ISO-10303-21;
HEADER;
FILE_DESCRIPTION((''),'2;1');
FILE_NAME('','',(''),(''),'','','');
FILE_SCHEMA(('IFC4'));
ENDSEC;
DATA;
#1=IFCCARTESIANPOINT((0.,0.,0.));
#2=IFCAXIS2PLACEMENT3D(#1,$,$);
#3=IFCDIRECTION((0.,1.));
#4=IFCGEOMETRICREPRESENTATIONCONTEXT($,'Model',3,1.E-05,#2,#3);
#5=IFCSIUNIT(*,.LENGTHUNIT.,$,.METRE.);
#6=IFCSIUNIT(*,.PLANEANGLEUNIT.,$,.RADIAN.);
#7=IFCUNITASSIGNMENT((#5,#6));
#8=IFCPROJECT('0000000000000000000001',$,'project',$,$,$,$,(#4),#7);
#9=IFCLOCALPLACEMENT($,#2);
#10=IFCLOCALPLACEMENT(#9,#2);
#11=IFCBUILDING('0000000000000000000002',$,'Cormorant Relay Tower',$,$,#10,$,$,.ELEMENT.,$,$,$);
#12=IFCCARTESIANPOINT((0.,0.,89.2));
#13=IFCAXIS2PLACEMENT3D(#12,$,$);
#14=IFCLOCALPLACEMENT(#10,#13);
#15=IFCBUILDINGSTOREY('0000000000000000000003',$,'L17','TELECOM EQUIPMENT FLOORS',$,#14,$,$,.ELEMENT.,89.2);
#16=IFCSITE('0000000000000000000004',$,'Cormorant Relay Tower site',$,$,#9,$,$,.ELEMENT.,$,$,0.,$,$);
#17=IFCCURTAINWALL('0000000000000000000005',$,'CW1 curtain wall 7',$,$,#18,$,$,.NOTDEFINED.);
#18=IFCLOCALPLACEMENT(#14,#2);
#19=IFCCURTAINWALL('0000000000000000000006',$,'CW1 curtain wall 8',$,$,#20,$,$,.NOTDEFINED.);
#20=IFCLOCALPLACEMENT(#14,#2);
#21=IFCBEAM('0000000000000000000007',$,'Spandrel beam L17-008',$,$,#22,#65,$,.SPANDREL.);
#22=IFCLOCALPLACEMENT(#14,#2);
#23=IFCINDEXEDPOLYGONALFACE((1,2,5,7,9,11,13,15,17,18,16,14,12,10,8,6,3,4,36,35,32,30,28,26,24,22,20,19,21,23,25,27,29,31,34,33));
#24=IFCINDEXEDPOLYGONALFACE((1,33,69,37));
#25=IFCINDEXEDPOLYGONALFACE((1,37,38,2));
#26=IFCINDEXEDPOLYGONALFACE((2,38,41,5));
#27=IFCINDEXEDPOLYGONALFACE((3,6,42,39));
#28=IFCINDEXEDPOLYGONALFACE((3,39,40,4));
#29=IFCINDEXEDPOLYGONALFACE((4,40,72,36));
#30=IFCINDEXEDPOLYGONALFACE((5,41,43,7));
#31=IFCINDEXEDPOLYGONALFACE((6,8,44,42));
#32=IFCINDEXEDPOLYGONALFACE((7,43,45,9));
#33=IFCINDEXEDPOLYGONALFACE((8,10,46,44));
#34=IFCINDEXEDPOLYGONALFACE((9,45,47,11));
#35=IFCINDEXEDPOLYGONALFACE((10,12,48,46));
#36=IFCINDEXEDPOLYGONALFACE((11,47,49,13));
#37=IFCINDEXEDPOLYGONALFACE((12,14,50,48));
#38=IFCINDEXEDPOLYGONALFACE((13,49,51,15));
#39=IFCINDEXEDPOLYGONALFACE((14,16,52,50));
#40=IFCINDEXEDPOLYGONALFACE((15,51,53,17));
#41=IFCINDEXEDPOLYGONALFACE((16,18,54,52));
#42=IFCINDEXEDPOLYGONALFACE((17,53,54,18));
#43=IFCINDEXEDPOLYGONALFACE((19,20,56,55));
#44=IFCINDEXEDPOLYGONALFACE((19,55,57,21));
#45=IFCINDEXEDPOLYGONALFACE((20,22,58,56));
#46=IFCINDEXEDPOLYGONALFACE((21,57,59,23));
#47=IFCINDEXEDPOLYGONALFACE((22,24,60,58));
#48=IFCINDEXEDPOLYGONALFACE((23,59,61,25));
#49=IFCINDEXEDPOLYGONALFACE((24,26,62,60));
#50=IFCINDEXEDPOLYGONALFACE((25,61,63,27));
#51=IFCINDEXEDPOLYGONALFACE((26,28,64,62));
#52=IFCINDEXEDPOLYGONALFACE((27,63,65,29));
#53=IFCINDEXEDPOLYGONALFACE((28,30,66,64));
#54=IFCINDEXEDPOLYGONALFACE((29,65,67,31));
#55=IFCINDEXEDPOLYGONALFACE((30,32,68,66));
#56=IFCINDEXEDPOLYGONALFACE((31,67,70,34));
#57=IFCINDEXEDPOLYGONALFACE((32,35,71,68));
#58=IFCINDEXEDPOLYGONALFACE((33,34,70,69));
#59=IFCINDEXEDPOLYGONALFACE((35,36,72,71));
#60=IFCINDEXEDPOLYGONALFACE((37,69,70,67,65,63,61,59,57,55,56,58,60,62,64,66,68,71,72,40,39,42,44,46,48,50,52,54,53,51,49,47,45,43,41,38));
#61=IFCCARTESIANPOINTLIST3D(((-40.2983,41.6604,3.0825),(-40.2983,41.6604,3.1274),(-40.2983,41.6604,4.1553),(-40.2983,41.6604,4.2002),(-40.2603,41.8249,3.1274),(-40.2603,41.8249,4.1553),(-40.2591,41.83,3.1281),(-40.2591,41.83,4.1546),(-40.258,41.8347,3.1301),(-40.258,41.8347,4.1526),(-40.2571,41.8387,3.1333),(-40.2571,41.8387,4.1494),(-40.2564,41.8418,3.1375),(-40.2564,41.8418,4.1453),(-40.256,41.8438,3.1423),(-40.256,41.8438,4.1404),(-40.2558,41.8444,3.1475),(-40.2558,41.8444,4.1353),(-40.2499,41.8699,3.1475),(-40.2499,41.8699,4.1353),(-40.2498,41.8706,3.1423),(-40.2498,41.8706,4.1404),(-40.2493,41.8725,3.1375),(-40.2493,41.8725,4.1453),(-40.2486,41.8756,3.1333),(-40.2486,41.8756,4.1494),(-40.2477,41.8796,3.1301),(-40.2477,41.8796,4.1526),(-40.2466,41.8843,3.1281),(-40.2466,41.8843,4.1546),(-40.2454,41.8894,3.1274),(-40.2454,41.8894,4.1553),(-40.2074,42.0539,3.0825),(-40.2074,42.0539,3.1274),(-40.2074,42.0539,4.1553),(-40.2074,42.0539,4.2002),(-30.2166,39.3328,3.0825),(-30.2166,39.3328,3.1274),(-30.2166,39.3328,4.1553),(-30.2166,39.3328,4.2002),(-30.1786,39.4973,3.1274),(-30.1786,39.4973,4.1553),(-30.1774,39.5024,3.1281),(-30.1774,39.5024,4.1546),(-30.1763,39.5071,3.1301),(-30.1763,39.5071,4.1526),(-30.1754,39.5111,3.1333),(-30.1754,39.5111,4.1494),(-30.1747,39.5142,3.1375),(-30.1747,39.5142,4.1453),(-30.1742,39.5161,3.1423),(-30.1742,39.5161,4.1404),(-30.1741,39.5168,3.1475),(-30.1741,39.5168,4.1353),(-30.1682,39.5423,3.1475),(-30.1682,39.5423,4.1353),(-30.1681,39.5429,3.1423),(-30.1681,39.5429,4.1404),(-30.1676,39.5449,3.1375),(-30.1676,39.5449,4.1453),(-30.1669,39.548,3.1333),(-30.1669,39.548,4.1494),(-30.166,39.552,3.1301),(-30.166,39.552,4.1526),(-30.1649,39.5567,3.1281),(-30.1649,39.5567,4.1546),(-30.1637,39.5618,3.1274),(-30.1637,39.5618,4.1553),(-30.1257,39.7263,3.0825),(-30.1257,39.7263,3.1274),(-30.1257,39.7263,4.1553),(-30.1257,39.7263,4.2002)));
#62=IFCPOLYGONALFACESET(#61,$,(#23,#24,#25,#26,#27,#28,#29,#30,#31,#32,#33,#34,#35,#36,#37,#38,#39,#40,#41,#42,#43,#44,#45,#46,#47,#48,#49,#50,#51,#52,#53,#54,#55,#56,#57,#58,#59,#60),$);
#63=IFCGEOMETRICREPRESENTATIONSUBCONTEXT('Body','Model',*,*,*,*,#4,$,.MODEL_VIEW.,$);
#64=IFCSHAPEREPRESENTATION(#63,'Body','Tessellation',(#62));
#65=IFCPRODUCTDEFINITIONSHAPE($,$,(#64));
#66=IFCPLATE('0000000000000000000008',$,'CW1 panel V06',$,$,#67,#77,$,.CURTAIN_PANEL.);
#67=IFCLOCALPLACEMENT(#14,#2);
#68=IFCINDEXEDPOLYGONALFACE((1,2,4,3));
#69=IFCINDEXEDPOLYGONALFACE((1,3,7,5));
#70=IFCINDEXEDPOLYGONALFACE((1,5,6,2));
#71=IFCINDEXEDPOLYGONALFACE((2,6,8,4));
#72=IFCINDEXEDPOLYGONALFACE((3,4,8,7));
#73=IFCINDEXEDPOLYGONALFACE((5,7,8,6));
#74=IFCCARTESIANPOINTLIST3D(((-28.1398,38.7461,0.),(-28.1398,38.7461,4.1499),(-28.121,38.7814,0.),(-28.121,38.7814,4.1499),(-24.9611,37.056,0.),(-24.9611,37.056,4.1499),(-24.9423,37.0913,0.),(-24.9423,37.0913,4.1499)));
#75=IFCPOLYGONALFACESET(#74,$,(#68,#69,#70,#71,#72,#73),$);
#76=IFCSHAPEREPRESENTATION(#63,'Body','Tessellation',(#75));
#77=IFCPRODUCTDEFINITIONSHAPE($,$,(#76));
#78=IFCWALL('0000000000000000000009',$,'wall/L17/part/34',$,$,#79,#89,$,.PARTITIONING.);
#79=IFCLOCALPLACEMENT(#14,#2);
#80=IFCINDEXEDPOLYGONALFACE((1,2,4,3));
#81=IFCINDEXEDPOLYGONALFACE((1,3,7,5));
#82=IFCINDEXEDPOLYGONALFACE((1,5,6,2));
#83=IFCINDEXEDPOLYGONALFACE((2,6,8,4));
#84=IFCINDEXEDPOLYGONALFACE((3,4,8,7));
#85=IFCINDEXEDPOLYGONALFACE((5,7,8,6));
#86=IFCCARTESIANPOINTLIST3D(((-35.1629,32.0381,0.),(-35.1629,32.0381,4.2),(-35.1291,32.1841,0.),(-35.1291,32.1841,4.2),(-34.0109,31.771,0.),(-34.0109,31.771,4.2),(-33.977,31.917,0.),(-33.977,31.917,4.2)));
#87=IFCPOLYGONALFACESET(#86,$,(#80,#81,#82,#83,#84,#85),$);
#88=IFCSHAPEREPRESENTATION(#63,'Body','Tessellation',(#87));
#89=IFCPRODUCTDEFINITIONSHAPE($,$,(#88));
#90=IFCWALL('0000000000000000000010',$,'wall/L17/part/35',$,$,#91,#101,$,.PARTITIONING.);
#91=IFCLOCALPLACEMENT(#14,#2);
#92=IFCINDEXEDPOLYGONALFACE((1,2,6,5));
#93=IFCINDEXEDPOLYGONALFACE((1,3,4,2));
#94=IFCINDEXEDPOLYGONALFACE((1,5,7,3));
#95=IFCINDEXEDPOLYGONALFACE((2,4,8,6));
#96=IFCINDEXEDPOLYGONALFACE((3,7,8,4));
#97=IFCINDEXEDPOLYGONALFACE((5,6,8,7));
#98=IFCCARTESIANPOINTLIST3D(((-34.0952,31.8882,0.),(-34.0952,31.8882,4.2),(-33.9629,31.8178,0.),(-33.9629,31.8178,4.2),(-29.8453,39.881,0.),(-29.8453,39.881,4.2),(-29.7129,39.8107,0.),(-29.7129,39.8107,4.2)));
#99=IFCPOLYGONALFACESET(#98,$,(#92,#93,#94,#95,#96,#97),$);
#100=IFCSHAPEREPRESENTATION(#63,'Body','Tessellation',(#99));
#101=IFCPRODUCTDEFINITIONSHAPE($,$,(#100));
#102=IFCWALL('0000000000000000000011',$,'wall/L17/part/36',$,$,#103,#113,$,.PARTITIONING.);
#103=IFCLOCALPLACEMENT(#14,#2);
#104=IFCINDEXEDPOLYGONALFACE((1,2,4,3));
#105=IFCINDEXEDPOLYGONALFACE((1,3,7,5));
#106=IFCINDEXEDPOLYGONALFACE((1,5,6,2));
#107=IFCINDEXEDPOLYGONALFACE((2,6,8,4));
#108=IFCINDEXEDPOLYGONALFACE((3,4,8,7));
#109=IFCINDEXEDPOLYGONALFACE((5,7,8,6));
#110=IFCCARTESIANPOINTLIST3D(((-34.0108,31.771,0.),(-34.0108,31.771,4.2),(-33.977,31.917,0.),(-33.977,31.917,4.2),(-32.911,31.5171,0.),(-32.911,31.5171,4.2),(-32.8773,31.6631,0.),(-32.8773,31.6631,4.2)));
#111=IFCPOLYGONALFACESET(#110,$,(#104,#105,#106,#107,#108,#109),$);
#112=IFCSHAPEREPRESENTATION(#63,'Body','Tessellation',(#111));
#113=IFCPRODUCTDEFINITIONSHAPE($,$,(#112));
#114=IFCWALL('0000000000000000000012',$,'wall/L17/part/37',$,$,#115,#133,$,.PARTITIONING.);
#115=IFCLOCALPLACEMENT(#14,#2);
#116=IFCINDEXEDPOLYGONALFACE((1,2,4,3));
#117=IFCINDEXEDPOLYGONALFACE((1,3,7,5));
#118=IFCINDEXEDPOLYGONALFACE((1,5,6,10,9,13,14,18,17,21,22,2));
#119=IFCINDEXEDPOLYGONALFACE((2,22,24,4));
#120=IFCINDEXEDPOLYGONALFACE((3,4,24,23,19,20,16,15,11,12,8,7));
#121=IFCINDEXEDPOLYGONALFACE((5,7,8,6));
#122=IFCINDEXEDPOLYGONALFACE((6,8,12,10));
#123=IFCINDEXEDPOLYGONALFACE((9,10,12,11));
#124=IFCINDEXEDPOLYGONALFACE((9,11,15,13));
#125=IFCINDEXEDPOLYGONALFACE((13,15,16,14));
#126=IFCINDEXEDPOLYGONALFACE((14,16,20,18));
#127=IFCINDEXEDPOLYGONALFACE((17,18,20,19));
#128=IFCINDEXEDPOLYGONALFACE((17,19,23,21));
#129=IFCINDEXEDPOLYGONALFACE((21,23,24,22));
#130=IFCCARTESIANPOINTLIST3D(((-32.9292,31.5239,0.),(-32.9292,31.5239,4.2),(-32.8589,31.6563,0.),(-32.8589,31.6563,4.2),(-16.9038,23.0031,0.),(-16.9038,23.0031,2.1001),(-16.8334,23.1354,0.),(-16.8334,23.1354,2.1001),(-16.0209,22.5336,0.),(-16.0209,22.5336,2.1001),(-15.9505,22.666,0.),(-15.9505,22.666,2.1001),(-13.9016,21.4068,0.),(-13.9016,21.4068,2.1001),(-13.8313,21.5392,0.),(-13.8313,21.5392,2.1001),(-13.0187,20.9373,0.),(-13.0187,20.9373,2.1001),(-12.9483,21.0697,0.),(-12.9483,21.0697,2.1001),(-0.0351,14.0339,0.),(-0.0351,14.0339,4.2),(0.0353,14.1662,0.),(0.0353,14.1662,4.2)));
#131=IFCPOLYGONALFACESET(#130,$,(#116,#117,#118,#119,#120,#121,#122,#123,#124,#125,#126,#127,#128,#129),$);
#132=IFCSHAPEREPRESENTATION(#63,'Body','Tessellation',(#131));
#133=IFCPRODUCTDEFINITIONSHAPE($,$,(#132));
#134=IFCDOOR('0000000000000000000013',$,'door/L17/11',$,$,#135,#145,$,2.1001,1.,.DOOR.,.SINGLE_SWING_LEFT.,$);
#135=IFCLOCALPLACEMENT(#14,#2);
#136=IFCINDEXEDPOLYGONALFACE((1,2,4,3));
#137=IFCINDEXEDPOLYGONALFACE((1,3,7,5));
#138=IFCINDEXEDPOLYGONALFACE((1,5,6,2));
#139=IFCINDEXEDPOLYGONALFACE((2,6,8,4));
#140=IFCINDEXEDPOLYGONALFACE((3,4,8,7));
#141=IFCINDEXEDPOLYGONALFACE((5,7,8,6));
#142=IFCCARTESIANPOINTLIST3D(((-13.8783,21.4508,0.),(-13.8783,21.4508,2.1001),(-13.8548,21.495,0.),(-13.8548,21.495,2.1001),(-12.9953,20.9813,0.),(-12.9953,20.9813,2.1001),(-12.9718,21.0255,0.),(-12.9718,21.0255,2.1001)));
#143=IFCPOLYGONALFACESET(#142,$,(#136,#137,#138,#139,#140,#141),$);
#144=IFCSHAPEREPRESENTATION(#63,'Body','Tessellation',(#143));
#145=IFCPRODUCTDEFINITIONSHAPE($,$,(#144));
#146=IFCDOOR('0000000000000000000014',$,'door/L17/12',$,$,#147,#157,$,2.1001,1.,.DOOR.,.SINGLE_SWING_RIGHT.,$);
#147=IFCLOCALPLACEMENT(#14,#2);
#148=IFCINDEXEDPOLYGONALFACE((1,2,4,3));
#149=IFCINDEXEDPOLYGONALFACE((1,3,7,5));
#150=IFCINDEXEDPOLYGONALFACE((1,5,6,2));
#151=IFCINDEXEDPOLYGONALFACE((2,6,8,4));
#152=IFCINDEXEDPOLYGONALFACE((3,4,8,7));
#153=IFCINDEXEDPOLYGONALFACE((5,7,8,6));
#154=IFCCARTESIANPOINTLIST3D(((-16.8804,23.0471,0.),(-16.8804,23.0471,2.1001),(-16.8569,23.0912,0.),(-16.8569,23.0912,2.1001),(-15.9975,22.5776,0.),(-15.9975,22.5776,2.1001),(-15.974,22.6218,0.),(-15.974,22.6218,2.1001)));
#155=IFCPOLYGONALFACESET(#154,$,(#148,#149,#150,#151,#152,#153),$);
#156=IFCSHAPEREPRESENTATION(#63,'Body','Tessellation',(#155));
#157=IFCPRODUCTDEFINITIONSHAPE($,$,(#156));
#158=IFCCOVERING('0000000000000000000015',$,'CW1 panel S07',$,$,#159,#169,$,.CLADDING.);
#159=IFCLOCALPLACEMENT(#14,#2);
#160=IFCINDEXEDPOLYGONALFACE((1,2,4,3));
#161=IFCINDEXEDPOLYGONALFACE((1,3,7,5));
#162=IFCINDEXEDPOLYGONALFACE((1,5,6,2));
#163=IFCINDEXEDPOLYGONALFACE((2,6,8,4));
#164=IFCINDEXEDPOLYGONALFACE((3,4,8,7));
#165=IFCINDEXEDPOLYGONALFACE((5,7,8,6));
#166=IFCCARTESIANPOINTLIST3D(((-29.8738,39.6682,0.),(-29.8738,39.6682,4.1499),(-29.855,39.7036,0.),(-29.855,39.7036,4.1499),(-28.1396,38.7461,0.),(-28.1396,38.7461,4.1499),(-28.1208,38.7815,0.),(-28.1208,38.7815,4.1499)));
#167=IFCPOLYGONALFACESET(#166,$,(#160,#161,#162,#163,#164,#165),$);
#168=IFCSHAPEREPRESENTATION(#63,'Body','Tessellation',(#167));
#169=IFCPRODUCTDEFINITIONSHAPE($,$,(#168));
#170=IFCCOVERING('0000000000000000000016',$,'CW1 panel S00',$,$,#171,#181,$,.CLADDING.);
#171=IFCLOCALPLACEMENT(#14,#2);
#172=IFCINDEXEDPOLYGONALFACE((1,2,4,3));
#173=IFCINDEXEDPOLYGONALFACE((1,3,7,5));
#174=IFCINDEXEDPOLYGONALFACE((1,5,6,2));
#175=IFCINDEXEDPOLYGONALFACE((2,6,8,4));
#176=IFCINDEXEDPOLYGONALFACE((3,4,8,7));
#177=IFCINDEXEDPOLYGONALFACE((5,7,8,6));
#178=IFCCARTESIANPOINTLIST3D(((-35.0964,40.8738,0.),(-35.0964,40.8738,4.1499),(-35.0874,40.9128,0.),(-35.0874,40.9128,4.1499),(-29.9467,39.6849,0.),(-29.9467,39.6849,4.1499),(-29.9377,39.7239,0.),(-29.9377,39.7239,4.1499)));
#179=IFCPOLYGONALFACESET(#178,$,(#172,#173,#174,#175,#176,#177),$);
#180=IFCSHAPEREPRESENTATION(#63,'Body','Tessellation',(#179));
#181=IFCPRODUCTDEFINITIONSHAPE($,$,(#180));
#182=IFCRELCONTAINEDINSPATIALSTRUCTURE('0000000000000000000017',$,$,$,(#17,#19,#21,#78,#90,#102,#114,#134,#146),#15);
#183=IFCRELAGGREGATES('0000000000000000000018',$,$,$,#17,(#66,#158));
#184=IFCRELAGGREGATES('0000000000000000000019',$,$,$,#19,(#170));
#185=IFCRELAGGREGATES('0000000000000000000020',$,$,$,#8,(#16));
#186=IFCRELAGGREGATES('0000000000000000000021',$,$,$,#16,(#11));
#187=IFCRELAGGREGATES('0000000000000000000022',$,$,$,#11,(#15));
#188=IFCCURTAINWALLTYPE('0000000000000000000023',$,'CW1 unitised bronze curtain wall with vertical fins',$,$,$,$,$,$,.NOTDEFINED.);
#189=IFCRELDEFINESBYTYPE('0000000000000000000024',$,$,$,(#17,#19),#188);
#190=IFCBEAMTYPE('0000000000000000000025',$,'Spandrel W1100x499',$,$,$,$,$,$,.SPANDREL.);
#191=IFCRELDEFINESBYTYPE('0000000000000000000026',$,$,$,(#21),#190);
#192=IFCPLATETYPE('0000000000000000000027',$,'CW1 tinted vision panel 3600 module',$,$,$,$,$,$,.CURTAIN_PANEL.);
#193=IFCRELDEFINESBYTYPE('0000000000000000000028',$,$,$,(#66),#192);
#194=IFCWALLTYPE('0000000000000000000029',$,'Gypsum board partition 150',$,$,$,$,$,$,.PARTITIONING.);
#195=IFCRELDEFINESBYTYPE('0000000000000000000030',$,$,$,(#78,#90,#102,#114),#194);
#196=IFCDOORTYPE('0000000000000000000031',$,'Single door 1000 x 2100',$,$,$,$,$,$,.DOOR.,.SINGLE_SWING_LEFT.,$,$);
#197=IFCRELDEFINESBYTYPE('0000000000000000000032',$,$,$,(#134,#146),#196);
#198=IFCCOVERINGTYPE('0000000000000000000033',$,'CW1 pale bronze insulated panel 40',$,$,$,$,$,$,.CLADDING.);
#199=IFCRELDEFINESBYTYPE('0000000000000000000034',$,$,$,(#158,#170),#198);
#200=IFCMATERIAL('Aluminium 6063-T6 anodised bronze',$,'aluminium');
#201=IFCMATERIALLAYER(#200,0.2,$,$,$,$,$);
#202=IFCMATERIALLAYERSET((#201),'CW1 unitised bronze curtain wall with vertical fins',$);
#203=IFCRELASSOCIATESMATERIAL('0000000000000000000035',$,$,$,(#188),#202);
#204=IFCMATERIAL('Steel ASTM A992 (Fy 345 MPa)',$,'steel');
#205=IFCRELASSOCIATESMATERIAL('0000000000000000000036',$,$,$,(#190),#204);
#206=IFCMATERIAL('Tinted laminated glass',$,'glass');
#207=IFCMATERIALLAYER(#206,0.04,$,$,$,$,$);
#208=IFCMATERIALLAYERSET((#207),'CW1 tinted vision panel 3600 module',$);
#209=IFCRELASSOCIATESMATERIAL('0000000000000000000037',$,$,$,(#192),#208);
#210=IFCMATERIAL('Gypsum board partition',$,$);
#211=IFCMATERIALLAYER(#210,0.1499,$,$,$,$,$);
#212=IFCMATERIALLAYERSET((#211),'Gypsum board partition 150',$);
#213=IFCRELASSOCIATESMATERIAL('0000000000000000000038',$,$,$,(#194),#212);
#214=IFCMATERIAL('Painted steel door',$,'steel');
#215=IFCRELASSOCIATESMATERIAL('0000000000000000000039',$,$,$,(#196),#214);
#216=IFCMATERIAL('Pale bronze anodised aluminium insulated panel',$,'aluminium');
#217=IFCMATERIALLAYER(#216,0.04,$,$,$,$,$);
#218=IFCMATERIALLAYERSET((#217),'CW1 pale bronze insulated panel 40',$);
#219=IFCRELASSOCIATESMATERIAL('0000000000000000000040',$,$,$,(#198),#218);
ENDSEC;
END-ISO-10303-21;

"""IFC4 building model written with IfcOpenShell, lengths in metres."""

from ifc_helpers import new_model, si_unit, direction, frame, frame_2d, origin, origin_2d, place, context, subcontext, project, spatial, rectangle, i_section, extrude, material, layer, layer_set, material_profile, profile_set, type_object, element, fill, aggregate, save


model = new_model("IFC4")

# Units and contexts
model_context = context("Model", 3, precision=1e-05, world=origin(), true_north=direction((0.0, 1.0)))
body_context = subcontext(model_context, "Body", "Model", "MODEL_VIEW")
ifc_project = project(units=[si_unit("LENGTHUNIT", "METRE"), si_unit("PLANEANGLEUNIT", "RADIAN")], contexts=[model_context])

# Site, building, storey
site_placement = place(None, origin())
site = spatial("IfcSite", under=ifc_project, at=site_placement, Name="Cormorant Relay Tower site", CompositionType="ELEMENT", RefElevation=0.0)
building_placement = place(site_placement, origin())
building = spatial("IfcBuilding", under=site, at=building_placement, Name="Cormorant Relay Tower", CompositionType="ELEMENT")
storey_placement = place(building_placement, frame((0.0, 0.0, 89.2)))
storey = spatial("IfcBuildingStorey", under=building, at=storey_placement, Name="L17", Description="TELECOM EQUIPMENT FLOORS", CompositionType="ELEMENT", Elevation=89.2)

# Curtain wall
ifc_material_1 = material(Name="Aluminium 6063-T6 anodised bronze", Category="aluminium")
ifc_layer_1 = layer(ifc_material_1, 0.2)
ifc_layer_set_1 = layer_set([ifc_layer_1], Name="CW1 unitised bronze curtain wall with vertical fins")
curtain_wall_type = type_object("IfcCurtainWallType", Name="CW1 unitised bronze curtain wall with vertical fins", PredefinedType="NOTDEFINED", material=ifc_layer_set_1)
curtain_wall_1_placement = place(storey_placement, origin())
curtain_wall_1 = element("IfcCurtainWall", 1, at=curtain_wall_1_placement, inside=storey, type_object=curtain_wall_type, Name="CW1 curtain wall 7", PredefinedType="NOTDEFINED")

# Curtain wall
curtain_wall_2_placement = place(storey_placement, origin())
curtain_wall_2 = element("IfcCurtainWall", 2, at=curtain_wall_2_placement, inside=storey, type_object=curtain_wall_type, Name="CW1 curtain wall 8", PredefinedType="NOTDEFINED")

# Beam
ifc_material_2 = material(Name="Steel ASTM A992 (Fy 345 MPa)", Category="steel")
ifc_material_profile_1 = material_profile(ifc_material_2, i_section(OverallWidth=0.4038, OverallDepth=1.1177, WebThickness=0.0261, FlangeThickness=0.0449, FilletRadius=0.02, at=origin_2d()), Name="W1100x499")
ifc_profile_set_1 = profile_set([ifc_material_profile_1], Name="Steel ASTM A992 (Fy 345 MPa)")
beam_type = type_object("IfcBeamType", Name="Spandrel W1100x499", PredefinedType="SPANDREL", material=ifc_profile_set_1)
beam_placement = place(storey_placement, frame((-30.1711, 39.5295, 3.6414), z_axis=(-0.974369, 0.224958, 0.0), x_axis=(-0.224958, -0.974369, 0.0)))
element("IfcBeam", 3, at=beam_placement, inside=storey, type_object=beam_type, Name="Spandrel beam L17-008", PredefinedType="SPANDREL", context=body_context, shape_type="SweptSolid", body=[
    extrude(i_section(OverallWidth=0.4038, OverallDepth=1.1177, WebThickness=0.0261, FlangeThickness=0.0449, FilletRadius=0.02, at=origin_2d()), origin(), (0.0, 0.0, 1.0), 10.3469),
])

# Plate
ifc_material_3 = material(Name="Tinted laminated glass", Category="glass")
ifc_layer_2 = layer(ifc_material_3, 0.04)
ifc_layer_set_2 = layer_set([ifc_layer_2], Name="CW1 tinted vision panel 3600 module")
plate_type = type_object("IfcPlateType", Name="CW1 tinted vision panel 3600 module", PredefinedType="CURTAIN_PANEL", material=ifc_layer_set_2)
plate_placement = place(storey_placement, frame((-26.541, 37.9187, 0.0), z_axis=(0.0, 0.0, 1.0), x_axis=(-0.882948, 0.469472, 0.0)))
plate = element("IfcPlate", 4, at=plate_placement, type_object=plate_type, Name="CW1 panel V06", PredefinedType="CURTAIN_PANEL", context=body_context, shape_type="SweptSolid", body=[
    extrude(rectangle(XDim=3.6001, YDim=0.04, at=origin_2d()), origin(), (0.0, 0.0, 1.0), 4.1499),
])

# Walls
ifc_material_4 = material(Name="Gypsum board partition")
ifc_layer_3 = layer(ifc_material_4, 0.1499)
ifc_layer_set_3 = layer_set([ifc_layer_3], Name="Gypsum board partition 150")
wall_type = type_object("IfcWallType", Name="Gypsum board partition 150", PredefinedType="PARTITIONING", material=ifc_layer_set_3)
wall_1_placement = place(storey_placement, frame((-35.146, 32.1111, 0.0), z_axis=(0.0, 0.0, 1.0), x_axis=(0.974165, -0.225839, 0.0)))
element("IfcWall", 5, at=wall_1_placement, inside=storey, type_object=wall_type, Name="wall/L17/part/34", PredefinedType="PARTITIONING", context=body_context, shape_type="SweptSolid", body=[
    extrude(rectangle(XDim=1.1826, YDim=0.1499, at=frame_2d((0.5913, 0.0))), origin(), (0.0, 0.0, 1.0), 4.2),
])
wall_2_placement = place(storey_placement, frame((-29.7791, 39.8459, 0.0), z_axis=(0.0, 0.0, 1.0), x_axis=(-0.469479, -0.882944, 0.0)))
element("IfcWall", 6, at=wall_2_placement, inside=storey, type_object=wall_type, Name="wall/L17/part/35", PredefinedType="PARTITIONING", context=body_context, shape_type="SweptSolid", body=[
    extrude(rectangle(XDim=9.0525, YDim=0.1499, at=frame_2d((4.5264, 0.0))), origin(), (0.0, 0.0, 1.0), 4.2),
])
wall_3_placement = place(storey_placement, frame((-32.894, 31.5901, 0.0), z_axis=(0.0, 0.0, 1.0), x_axis=(-0.974373, 0.224938, 0.0)))
element("IfcWall", 7, at=wall_3_placement, inside=storey, type_object=wall_type, Name="wall/L17/part/36", PredefinedType="PARTITIONING", context=body_context, shape_type="SweptSolid", body=[
    extrude(rectangle(XDim=1.1287, YDim=0.1499, at=frame_2d((0.5645, 0.0))), origin(), (0.0, 0.0, 1.0), 4.2),
])

# Wall, openings, doors
wall_4_placement = place(storey_placement, frame((-32.894, 31.5901, 0.0), z_axis=(0.0, 0.0, 1.0), x_axis=(0.882949, -0.46947, 0.0)))
wall_4 = element("IfcWall", 8, at=wall_4_placement, inside=storey, type_object=wall_type, Name="wall/L17/part/37", PredefinedType="PARTITIONING", context=body_context, shape_type="SweptSolid", body=[
    extrude(rectangle(XDim=37.2549, YDim=0.1499, at=frame_2d((18.6274, 0.0))), origin(), (0.0, 0.0, 1.0), 4.2),
])
opening_1_placement = place(wall_4_placement, frame((21.55, 0.0, 0.0)))
opening_1 = element("IfcOpeningElement", 9, at=opening_1_placement, cuts=wall_4, PredefinedType="OPENING", context=body_context, shape_type="SweptSolid", body=[
    extrude(rectangle(XDim=1.0, YDim=2.1001, at=frame_2d((0.5, 1.05))), frame((0.0, 0.085, 0.0), z_axis=(0.0, -1.0, 0.0), x_axis=(1.0, 0.0, 0.0)), (0.0, 0.0, 1.0), 0.1699),
])
opening_2_placement = place(wall_4_placement, frame((18.1499, 0.0, 0.0)))
opening_2 = element("IfcOpeningElement", 10, at=opening_2_placement, cuts=wall_4, PredefinedType="OPENING", context=body_context, shape_type="SweptSolid", body=[
    extrude(rectangle(XDim=1.0, YDim=2.1001, at=frame_2d((0.5, 1.05))), frame((0.0, 0.085, 0.0), z_axis=(0.0, -1.0, 0.0), x_axis=(1.0, 0.0, 0.0)), (0.0, 0.0, 1.0), 0.1699),
])
ifc_material_5 = material(Name="Painted steel door", Category="steel")
door_type = type_object("IfcDoorType", Name="Single door 1000 x 2100", OperationType="SINGLE_SWING_LEFT", PredefinedType="DOOR", material=ifc_material_5)
door_1_placement = place(opening_1_placement, origin())
door_1 = element("IfcDoor", 11, at=door_1_placement, inside=storey, type_object=door_type, Name="door/L17/11", OperationType="SINGLE_SWING_LEFT", OverallHeight=2.1001, OverallWidth=1.0, PredefinedType="DOOR", context=body_context, shape_type="SweptSolid", body=[
    extrude(rectangle(XDim=1.0, YDim=2.1001, at=frame_2d((0.5, 1.05))), frame((0.0, 0.0249, 0.0), z_axis=(0.0, -1.0, 0.0), x_axis=(1.0, 0.0, 0.0)), (0.0, 0.0, 1.0), 0.05),
])
fill(opening_1, door_1)
door_2_placement = place(opening_2_placement, origin())
door_2 = element("IfcDoor", 12, at=door_2_placement, inside=storey, type_object=door_type, Name="door/L17/12", OperationType="SINGLE_SWING_RIGHT", OverallHeight=2.1001, OverallWidth=1.0, PredefinedType="DOOR", context=body_context, shape_type="SweptSolid", body=[
    extrude(rectangle(XDim=1.0, YDim=2.1001, at=frame_2d((0.5, 1.05))), frame((0.0, 0.0249, 0.0), z_axis=(0.0, -1.0, 0.0), x_axis=(1.0, 0.0, 0.0)), (0.0, 0.0, 1.0), 0.05),
])
fill(opening_2, door_2)

# Coverings
ifc_material_6 = material(Name="Pale bronze anodised aluminium insulated panel", Category="aluminium")
ifc_layer_4 = layer(ifc_material_6, 0.04)
ifc_layer_set_4 = layer_set([ifc_layer_4], Name="CW1 pale bronze insulated panel 40")
covering_type = type_object("IfcCoveringType", Name="CW1 pale bronze insulated panel 40", PredefinedType="CLADDING", material=ifc_layer_set_4)
covering_1_placement = place(storey_placement, frame((-28.9973, 39.2249, 0.0), z_axis=(0.0, 0.0, 1.0), x_axis=(-0.882948, 0.469472, 0.0)))
covering_1 = element("IfcCovering", 13, at=covering_1_placement, type_object=covering_type, Name="CW1 panel S07", PredefinedType="CLADDING", context=body_context, shape_type="SweptSolid", body=[
    extrude(rectangle(XDim=1.9641, YDim=0.04, at=origin_2d()), origin(), (0.0, 0.0, 1.0), 4.1499),
])
aggregate(curtain_wall_1, [plate, covering_1])
covering_2_placement = place(storey_placement, frame((-32.5171, 40.2988, 0.0), z_axis=(0.0, 0.0, 1.0), x_axis=(-0.97437, 0.224951, 0.0)))
covering_2 = element("IfcCovering", 14, at=covering_2_placement, type_object=covering_type, Name="CW1 panel S00", PredefinedType="CLADDING", context=body_context, shape_type="SweptSolid", body=[
    extrude(rectangle(XDim=5.2852, YDim=0.04, at=origin_2d()), origin(), (0.0, 0.0, 1.0), 4.1499),
])
aggregate(curtain_wall_2, [covering_2])

save(model, "model.ifc")
